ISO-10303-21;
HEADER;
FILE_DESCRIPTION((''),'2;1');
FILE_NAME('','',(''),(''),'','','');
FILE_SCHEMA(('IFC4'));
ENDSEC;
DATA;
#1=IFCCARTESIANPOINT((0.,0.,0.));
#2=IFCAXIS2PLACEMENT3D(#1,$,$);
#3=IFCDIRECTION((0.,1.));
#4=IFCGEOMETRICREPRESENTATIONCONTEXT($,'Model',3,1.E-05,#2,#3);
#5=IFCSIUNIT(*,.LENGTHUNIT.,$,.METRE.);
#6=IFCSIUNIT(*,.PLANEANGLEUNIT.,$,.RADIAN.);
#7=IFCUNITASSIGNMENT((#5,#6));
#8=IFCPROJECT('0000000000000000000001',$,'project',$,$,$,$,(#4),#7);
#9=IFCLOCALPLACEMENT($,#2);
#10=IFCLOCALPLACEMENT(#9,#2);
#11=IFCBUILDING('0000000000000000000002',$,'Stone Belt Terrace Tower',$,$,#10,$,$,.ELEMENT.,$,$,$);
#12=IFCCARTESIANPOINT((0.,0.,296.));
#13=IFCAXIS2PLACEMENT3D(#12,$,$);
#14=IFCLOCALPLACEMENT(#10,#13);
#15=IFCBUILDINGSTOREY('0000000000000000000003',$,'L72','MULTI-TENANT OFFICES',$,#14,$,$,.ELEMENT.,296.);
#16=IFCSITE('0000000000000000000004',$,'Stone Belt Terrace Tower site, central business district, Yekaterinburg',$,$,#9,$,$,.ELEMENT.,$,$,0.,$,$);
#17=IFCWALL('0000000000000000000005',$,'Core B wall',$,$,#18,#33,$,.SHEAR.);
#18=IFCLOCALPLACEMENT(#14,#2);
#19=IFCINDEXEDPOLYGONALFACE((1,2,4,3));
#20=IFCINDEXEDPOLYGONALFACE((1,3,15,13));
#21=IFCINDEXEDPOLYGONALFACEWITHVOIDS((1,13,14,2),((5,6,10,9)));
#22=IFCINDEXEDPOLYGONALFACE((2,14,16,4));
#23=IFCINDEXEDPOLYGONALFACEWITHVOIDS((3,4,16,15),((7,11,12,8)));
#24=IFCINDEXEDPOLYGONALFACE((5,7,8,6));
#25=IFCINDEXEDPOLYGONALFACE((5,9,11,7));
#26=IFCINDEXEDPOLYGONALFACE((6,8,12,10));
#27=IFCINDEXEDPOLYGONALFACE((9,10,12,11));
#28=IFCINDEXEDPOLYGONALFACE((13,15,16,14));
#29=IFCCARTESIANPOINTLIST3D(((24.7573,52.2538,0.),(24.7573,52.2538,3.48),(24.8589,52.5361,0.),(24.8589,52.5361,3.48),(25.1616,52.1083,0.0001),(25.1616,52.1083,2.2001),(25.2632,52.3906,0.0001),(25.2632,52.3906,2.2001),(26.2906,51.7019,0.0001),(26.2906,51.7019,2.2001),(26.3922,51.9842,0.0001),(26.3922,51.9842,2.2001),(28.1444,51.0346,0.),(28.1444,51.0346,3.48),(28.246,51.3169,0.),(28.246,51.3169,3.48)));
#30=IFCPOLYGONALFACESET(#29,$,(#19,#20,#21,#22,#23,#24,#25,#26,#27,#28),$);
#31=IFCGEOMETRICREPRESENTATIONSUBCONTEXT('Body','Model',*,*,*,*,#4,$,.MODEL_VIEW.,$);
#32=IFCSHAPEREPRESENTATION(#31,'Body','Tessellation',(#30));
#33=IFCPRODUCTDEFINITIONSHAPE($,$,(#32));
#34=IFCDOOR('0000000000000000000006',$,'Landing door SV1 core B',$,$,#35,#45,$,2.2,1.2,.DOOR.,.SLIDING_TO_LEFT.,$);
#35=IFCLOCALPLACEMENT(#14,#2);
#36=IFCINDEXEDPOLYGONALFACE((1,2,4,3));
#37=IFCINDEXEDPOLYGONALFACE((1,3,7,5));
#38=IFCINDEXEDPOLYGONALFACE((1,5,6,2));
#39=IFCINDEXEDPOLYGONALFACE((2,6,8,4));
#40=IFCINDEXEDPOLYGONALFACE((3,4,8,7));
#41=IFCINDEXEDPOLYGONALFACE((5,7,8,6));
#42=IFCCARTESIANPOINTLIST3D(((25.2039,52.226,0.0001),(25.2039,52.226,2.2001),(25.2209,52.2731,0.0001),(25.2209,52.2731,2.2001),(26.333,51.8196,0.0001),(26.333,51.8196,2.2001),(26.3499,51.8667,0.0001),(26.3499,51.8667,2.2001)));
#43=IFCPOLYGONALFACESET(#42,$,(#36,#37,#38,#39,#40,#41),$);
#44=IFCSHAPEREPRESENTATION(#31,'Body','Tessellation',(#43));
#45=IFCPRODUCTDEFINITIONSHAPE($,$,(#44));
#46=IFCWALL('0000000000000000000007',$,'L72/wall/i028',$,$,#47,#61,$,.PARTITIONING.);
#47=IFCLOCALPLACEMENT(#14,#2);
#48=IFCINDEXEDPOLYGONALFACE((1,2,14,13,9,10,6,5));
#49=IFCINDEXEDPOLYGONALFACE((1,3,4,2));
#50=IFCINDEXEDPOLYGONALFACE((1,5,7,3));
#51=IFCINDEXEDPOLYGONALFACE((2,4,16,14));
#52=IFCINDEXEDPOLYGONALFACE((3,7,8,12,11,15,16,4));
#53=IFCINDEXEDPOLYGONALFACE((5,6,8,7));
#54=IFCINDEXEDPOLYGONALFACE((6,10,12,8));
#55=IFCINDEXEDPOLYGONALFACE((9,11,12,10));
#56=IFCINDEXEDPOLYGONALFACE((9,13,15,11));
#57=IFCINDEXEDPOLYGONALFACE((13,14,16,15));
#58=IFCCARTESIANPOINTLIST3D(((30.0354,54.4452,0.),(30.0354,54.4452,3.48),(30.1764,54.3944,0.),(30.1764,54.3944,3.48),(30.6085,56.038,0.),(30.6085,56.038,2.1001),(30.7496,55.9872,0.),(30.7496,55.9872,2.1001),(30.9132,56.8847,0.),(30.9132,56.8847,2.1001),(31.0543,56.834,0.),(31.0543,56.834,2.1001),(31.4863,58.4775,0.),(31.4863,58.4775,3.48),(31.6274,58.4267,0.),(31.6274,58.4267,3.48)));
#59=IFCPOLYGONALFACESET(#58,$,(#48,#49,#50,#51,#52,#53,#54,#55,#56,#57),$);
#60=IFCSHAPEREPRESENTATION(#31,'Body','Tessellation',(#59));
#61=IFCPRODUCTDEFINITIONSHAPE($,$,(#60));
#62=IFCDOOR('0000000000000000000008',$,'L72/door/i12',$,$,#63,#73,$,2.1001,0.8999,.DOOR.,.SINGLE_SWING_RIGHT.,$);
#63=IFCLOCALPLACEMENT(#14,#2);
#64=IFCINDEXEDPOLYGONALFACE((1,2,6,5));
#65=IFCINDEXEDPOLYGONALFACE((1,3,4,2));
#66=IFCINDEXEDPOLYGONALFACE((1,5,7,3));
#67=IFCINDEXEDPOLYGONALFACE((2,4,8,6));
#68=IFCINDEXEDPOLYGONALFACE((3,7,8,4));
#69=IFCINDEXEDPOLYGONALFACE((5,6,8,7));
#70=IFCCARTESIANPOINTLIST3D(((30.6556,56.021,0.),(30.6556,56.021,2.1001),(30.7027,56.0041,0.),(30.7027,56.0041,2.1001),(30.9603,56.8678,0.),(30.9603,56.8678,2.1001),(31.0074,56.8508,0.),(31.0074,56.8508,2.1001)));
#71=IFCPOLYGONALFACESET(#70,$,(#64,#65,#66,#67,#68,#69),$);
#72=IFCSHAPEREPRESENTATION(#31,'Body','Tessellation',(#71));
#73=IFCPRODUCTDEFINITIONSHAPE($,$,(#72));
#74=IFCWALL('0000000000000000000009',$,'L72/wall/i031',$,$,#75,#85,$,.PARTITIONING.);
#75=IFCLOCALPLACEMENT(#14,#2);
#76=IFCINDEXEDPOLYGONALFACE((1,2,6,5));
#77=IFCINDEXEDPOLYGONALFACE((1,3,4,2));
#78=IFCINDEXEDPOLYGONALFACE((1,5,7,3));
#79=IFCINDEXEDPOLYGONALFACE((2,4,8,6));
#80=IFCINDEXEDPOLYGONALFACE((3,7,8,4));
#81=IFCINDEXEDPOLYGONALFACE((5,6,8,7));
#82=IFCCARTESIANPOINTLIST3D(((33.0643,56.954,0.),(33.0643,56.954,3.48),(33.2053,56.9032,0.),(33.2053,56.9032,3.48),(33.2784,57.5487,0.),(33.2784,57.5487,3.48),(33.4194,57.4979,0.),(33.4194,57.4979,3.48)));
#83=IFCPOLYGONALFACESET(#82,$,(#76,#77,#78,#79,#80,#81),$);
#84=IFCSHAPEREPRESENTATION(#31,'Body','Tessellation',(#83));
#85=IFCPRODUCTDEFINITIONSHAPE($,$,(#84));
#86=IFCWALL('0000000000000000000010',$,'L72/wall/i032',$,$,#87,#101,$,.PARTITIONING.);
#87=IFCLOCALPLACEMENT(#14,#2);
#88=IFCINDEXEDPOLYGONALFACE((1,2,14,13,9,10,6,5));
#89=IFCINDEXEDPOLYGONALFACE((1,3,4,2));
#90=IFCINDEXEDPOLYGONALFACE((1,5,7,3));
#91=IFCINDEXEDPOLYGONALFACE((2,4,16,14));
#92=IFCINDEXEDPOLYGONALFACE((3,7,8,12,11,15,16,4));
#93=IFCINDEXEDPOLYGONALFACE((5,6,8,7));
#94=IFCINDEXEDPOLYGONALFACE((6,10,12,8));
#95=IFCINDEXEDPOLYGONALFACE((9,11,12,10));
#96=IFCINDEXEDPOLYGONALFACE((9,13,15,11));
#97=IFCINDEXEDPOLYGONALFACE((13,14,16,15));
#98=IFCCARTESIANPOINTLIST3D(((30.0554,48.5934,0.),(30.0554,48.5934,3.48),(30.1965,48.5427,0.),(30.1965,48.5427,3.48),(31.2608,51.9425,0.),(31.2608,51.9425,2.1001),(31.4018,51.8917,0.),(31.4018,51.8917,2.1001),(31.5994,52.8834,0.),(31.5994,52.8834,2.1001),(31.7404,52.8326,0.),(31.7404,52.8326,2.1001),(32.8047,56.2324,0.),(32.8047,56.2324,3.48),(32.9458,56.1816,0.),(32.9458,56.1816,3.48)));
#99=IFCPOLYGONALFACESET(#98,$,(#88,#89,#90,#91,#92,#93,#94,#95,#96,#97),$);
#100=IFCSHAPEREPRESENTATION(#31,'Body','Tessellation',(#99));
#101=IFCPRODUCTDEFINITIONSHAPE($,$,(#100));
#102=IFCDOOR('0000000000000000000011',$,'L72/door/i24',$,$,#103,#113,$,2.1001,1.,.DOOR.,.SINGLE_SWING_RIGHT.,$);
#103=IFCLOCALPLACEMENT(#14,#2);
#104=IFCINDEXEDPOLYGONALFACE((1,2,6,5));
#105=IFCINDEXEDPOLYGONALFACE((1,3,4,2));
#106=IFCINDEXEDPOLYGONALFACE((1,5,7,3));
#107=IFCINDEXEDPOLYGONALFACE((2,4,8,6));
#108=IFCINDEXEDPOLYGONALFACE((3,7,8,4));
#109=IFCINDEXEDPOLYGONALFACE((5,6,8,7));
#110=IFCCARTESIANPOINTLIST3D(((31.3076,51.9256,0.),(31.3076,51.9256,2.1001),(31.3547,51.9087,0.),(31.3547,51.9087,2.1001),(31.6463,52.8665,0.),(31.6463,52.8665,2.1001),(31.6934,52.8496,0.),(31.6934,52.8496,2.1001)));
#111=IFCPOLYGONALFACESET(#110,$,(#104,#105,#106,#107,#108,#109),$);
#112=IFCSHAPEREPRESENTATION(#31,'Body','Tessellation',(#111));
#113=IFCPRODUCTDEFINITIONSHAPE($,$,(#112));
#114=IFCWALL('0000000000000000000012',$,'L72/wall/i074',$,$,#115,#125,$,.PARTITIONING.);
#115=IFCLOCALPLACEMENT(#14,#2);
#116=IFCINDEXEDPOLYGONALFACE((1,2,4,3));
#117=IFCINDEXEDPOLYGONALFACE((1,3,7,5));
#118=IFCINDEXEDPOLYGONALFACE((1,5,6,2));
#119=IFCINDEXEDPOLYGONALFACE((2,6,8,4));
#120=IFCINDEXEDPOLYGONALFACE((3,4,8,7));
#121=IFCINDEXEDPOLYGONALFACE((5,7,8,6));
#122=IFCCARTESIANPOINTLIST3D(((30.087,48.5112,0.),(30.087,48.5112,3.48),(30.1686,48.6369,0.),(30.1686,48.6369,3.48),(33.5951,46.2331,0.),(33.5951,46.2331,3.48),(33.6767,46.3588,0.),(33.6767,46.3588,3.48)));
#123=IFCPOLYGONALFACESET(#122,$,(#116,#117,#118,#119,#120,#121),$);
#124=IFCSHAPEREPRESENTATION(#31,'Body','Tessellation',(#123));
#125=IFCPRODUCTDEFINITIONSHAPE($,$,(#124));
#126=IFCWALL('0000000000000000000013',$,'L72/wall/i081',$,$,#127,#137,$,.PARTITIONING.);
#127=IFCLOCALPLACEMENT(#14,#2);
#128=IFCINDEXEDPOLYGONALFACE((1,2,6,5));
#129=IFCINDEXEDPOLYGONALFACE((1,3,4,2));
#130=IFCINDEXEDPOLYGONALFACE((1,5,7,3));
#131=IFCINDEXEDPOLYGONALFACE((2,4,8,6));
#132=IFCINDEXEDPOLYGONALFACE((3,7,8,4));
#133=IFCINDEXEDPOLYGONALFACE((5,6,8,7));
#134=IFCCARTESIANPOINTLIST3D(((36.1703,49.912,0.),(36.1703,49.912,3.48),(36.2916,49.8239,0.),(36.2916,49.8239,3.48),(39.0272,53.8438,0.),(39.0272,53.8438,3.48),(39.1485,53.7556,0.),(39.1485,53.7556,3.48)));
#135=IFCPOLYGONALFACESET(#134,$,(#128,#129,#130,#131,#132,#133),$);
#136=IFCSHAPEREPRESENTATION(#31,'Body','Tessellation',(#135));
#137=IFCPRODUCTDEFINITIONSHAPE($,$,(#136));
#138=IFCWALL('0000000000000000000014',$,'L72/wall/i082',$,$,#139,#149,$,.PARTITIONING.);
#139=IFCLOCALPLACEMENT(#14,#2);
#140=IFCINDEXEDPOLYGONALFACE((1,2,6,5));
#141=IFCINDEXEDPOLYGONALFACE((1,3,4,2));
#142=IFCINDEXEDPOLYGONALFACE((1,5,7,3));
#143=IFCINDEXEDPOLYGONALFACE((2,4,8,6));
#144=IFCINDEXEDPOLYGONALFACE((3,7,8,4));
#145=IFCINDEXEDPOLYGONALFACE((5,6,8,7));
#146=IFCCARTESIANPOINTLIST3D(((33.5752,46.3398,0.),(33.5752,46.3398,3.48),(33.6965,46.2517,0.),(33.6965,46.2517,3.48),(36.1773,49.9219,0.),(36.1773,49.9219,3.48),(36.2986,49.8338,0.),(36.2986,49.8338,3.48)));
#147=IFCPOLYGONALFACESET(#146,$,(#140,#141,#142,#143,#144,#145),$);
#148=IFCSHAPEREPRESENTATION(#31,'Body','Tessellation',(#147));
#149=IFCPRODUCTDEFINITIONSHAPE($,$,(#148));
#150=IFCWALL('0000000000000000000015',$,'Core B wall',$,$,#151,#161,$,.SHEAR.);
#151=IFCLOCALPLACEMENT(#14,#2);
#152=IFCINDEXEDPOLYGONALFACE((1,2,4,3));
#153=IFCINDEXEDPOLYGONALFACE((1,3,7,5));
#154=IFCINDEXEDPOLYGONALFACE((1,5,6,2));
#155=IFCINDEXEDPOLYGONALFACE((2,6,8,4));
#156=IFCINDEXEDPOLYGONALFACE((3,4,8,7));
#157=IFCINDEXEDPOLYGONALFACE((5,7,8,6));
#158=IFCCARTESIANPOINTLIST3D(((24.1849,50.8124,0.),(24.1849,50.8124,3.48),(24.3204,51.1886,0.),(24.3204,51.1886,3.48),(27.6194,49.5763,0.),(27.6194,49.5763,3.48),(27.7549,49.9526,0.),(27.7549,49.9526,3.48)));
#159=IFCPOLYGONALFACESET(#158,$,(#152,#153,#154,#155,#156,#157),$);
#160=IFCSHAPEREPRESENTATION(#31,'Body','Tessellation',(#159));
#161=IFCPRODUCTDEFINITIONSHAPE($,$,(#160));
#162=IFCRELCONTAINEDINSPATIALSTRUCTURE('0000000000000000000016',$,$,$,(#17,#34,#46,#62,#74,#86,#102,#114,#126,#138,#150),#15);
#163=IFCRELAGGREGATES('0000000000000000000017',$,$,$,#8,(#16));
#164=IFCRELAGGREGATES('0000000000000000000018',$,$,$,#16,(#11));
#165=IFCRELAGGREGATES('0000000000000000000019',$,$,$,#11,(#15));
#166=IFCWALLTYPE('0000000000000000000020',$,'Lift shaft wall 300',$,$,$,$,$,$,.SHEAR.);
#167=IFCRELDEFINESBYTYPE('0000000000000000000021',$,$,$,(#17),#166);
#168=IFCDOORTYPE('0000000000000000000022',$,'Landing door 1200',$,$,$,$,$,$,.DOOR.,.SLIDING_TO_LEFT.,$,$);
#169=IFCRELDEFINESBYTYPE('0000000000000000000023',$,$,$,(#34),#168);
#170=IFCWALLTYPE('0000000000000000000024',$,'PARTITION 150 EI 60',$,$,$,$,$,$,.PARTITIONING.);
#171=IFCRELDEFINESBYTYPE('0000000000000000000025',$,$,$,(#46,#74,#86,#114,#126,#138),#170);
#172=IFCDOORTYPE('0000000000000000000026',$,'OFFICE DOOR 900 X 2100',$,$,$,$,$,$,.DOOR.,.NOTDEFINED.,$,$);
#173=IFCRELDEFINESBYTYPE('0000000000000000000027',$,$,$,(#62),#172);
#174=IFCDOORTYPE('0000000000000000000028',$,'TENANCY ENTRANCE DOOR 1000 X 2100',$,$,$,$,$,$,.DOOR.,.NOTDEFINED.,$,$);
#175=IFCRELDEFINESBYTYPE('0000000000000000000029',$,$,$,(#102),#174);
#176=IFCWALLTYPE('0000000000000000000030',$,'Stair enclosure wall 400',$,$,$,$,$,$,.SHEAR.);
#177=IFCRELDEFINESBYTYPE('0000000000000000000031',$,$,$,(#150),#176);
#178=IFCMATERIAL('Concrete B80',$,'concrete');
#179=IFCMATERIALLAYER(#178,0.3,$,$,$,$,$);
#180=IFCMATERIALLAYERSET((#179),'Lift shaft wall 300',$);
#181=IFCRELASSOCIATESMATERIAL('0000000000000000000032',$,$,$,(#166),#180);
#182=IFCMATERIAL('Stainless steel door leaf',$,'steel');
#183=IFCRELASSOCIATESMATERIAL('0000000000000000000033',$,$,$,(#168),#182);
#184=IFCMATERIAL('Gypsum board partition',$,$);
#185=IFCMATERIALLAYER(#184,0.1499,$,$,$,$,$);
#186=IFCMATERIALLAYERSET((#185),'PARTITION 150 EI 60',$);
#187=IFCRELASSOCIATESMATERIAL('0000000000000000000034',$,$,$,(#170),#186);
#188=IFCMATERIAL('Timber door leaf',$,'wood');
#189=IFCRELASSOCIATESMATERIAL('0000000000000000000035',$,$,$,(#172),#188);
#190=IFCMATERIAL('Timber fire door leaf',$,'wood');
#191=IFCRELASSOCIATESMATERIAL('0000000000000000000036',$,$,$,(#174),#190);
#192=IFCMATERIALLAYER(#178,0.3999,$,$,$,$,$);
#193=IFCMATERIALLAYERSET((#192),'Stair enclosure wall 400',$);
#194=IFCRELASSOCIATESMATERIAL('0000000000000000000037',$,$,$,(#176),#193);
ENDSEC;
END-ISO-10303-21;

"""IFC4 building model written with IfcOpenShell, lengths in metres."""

from ifc_helpers import new_model, si_unit, direction, frame, frame_2d, origin, place, context, subcontext, project, spatial, rectangle, extrude, material, layer, layer_set, type_object, element, fill, save


model = new_model("IFC4")

# Units and contexts
model_context = context("Model", 3, precision=1e-05, world=origin(), true_north=direction((0.0, 1.0)))
body_context = subcontext(model_context, "Body", "Model", "MODEL_VIEW")
ifc_project = project(units=[si_unit("LENGTHUNIT", "METRE"), si_unit("PLANEANGLEUNIT", "RADIAN")], contexts=[model_context])

# Site, building, storey
site_placement = place(None, origin())
site = spatial("IfcSite", under=ifc_project, at=site_placement, Name="Stone Belt Terrace Tower site, central business district, Yekaterinburg", CompositionType="ELEMENT", RefElevation=0.0)
building_placement = place(site_placement, origin())
building = spatial("IfcBuilding", under=site, at=building_placement, Name="Stone Belt Terrace Tower", CompositionType="ELEMENT")
storey_placement = place(building_placement, frame((0.0, 0.0, 296.0)))
storey = spatial("IfcBuildingStorey", under=building, at=storey_placement, Name="L72", Description="MULTI-TENANT OFFICES", CompositionType="ELEMENT", Elevation=296.0)

# Walls, openings, doors
ifc_material_1 = material(Name="Concrete B80", Category="concrete")
ifc_layer_1 = layer(ifc_material_1, 0.3)
ifc_layer_set_1 = layer_set([ifc_layer_1], Name="Lift shaft wall 300")
wall_type_1 = type_object("IfcWallType", Name="Lift shaft wall 300", PredefinedType="SHEAR", material=ifc_layer_set_1)
wall_1_placement = place(storey_placement, frame((28.1951, 51.1758, 0.0), z_axis=(0.0, 0.0, 1.0), x_axis=(-0.940901, 0.338681, 0.0)))
wall_1 = element("IfcWall", 1, at=wall_1_placement, inside=storey, type_object=wall_type_1, Name="Core B wall", PredefinedType="SHEAR", context=body_context, shape_type="SweptSolid", body=[
    extrude(rectangle(XDim=3.5999, YDim=0.3, at=frame_2d((1.7998, 0.0))), origin(), (0.0, 0.0, 1.0), 3.48),
])
opening_1_placement = place(wall_1_placement, frame((1.97, 0.0, 0.0)))
opening_1 = element("IfcOpeningElement", 2, at=opening_1_placement, cuts=wall_1, PredefinedType="OPENING", context=body_context, shape_type="SweptSolid", body=[
    extrude(rectangle(XDim=1.2, YDim=2.2, at=frame_2d((0.6001, 1.1001))), frame((0.0, 0.1599, 0.0), z_axis=(0.0, -1.0, 0.0), x_axis=(1.0, 0.0, 0.0)), (0.0, 0.0, 1.0), 0.3201),
])
ifc_material_2 = material(Name="Stainless steel door leaf", Category="steel")
door_type_1 = type_object("IfcDoorType", Name="Landing door 1200", OperationType="SLIDING_TO_LEFT", PredefinedType="DOOR", material=ifc_material_2)
door_1_placement = place(opening_1_placement, origin())
door_1 = element("IfcDoor", 3, at=door_1_placement, inside=storey, type_object=door_type_1, Name="Landing door SV1 core B", OperationType="SLIDING_TO_LEFT", OverallHeight=2.2, OverallWidth=1.2, PredefinedType="DOOR", context=body_context, shape_type="SweptSolid", body=[
    extrude(rectangle(XDim=1.2, YDim=2.2, at=frame_2d((0.6001, 1.1001))), frame((0.0, 0.0249, 0.0), z_axis=(0.0, -1.0, 0.0), x_axis=(1.0, 0.0, 0.0)), (0.0, 0.0, 1.0), 0.05),
])
fill(opening_1, door_1)
ifc_material_3 = material(Name="Gypsum board partition")
ifc_layer_2 = layer(ifc_material_3, 0.1499)
ifc_layer_set_2 = layer_set([ifc_layer_2], Name="PARTITION 150 EI 60")
wall_type_2 = type_object("IfcWallType", Name="PARTITION 150 EI 60", PredefinedType="PARTITIONING", material=ifc_layer_set_2)
wall_2_placement = place(storey_placement, frame((30.106, 54.4199, 0.0), z_axis=(0.0, 0.0, 1.0), x_axis=(0.33858, 0.940938, 0.0)))
wall_2 = element("IfcWall", 4, at=wall_2_placement, inside=storey, type_object=wall_type_2, Name="L72/wall/i028", PredefinedType="PARTITIONING", context=body_context, shape_type="SweptSolid", body=[
    extrude(rectangle(XDim=4.2854, YDim=0.1499, at=frame_2d((2.1426, 0.0))), origin(), (0.0, 0.0, 1.0), 3.48),
])
opening_2_placement = place(wall_2_placement, frame((1.6926, 0.0, 0.0)))
opening_2 = element("IfcOpeningElement", 5, at=opening_2_placement, cuts=wall_2, PredefinedType="OPENING", context=body_context, shape_type="SweptSolid", body=[
    extrude(rectangle(XDim=0.8999, YDim=2.1001, at=frame_2d((0.45, 1.05))), frame((0.0, 0.085, 0.0), z_axis=(0.0, -1.0, 0.0), x_axis=(1.0, 0.0, 0.0)), (0.0, 0.0, 1.0), 0.1699),
])
ifc_material_4 = material(Name="Timber door leaf", Category="wood")
door_type_2 = type_object("IfcDoorType", Name="OFFICE DOOR 900 X 2100", OperationType="NOTDEFINED", PredefinedType="DOOR", material=ifc_material_4)
door_2_placement = place(opening_2_placement, origin())
door_2 = element("IfcDoor", 6, at=door_2_placement, inside=storey, type_object=door_type_2, Name="L72/door/i12", OperationType="SINGLE_SWING_RIGHT", OverallHeight=2.1001, OverallWidth=0.8999, PredefinedType="DOOR", context=body_context, shape_type="SweptSolid", body=[
    extrude(rectangle(XDim=0.8999, YDim=2.1001, at=frame_2d((0.45, 1.05))), frame((0.0, 0.0249, 0.0), z_axis=(0.0, -1.0, 0.0), x_axis=(1.0, 0.0, 0.0)), (0.0, 0.0, 1.0), 0.05),
])
fill(opening_2, door_2)

# Wall
wall_3_placement = place(storey_placement, frame((33.3489, 57.5232, 0.0), z_axis=(0.0, 0.0, 1.0), x_axis=(-0.338733, -0.940882, 0.0)))
element("IfcWall", 7, at=wall_3_placement, inside=storey, type_object=wall_type_2, Name="L72/wall/i031", PredefinedType="PARTITIONING", context=body_context, shape_type="SweptSolid", body=[
    extrude(rectangle(XDim=0.6321, YDim=0.1499, at=frame_2d((0.3159, 0.0))), origin(), (0.0, 0.0, 1.0), 3.48),
])

# Wall, opening, door
wall_4_placement = place(storey_placement, frame((32.8752, 56.207, 0.0), z_axis=(0.0, 0.0, 1.0), x_axis=(-0.338639, -0.940917, 0.0)))
wall_4 = element("IfcWall", 8, at=wall_4_placement, inside=storey, type_object=wall_type_2, Name="L72/wall/i032", PredefinedType="PARTITIONING", context=body_context, shape_type="SweptSolid", body=[
    extrude(rectangle(XDim=8.1187, YDim=0.1499, at=frame_2d((4.0593, 0.0))), origin(), (0.0, 0.0, 1.0), 3.48),
])
opening_3_placement = place(wall_4_placement, frame((3.5593, 0.0, 0.0)))
opening_3 = element("IfcOpeningElement", 9, at=opening_3_placement, cuts=wall_4, PredefinedType="OPENING", context=body_context, shape_type="SweptSolid", body=[
    extrude(rectangle(XDim=1.0, YDim=2.1001, at=frame_2d((0.5, 1.05))), frame((0.0, 0.085, 0.0), z_axis=(0.0, -1.0, 0.0), x_axis=(1.0, 0.0, 0.0)), (0.0, 0.0, 1.0), 0.1699),
])
ifc_material_5 = material(Name="Timber fire door leaf", Category="wood")
door_type_3 = type_object("IfcDoorType", Name="TENANCY ENTRANCE DOOR 1000 X 2100", OperationType="NOTDEFINED", PredefinedType="DOOR", material=ifc_material_5)
door_3_placement = place(opening_3_placement, origin())
door_3 = element("IfcDoor", 10, at=door_3_placement, inside=storey, type_object=door_type_3, Name="L72/door/i24", OperationType="SINGLE_SWING_RIGHT", OverallHeight=2.1001, OverallWidth=1.0, PredefinedType="DOOR", context=body_context, shape_type="SweptSolid", body=[
    extrude(rectangle(XDim=1.0, YDim=2.1001, at=frame_2d((0.5, 1.05))), frame((0.0, 0.0249, 0.0), z_axis=(0.0, -1.0, 0.0), x_axis=(1.0, 0.0, 0.0)), (0.0, 0.0, 1.0), 0.05),
])
fill(opening_3, door_3)

# Walls
wall_5_placement = place(storey_placement, frame((30.1279, 48.574, 0.0), z_axis=(0.0, 0.0, 1.0), x_axis=(0.83868, -0.544625, 0.0)))
element("IfcWall", 11, at=wall_5_placement, inside=storey, type_object=wall_type_2, Name="L72/wall/i074", PredefinedType="PARTITIONING", context=body_context, shape_type="SweptSolid", body=[
    extrude(rectangle(XDim=4.1829, YDim=0.1499, at=frame_2d((2.0913, 0.0))), origin(), (0.0, 0.0, 1.0), 3.48),
])
wall_6_placement = place(storey_placement, frame((39.0879, 53.7998, 0.0), z_axis=(0.0, 0.0, 1.0), x_axis=(-0.587819, -0.808992, 0.0)))
element("IfcWall", 12, at=wall_6_placement, inside=storey, type_object=wall_type_2, Name="L72/wall/i081", PredefinedType="PARTITIONING", context=body_context, shape_type="SweptSolid", body=[
    extrude(rectangle(XDim=4.8601, YDim=0.1499, at=frame_2d((2.4302, 0.0))), origin(), (0.0, 0.0, 1.0), 3.48),
])
wall_7_placement = place(storey_placement, frame((36.238, 49.8779, 0.0), z_axis=(0.0, 0.0, 1.0), x_axis=(-0.587719, -0.809065, 0.0)))
element("IfcWall", 13, at=wall_7_placement, inside=storey, type_object=wall_type_2, Name="L72/wall/i082", PredefinedType="PARTITIONING", context=body_context, shape_type="SweptSolid", body=[
    extrude(rectangle(XDim=4.4275, YDim=0.1499, at=frame_2d((2.2139, 0.0))), origin(), (0.0, 0.0, 1.0), 3.48),
])
ifc_layer_3 = layer(ifc_material_1, 0.3999)
ifc_layer_set_3 = layer_set([ifc_layer_3], Name="Stair enclosure wall 400")
wall_type_3 = type_object("IfcWallType", Name="Stair enclosure wall 400", PredefinedType="SHEAR", material=ifc_layer_set_3)
wall_8_placement = place(storey_placement, frame((27.6873, 49.7644, 0.0), z_axis=(0.0, 0.0, 1.0), x_axis=(-0.940919, 0.338632, 0.0)))
element("IfcWall", 14, at=wall_8_placement, inside=storey, type_object=wall_type_3, Name="Core B wall", PredefinedType="SHEAR", context=body_context, shape_type="SweptSolid", body=[
    extrude(rectangle(XDim=3.6501, YDim=0.3999, at=frame_2d((1.8252, 0.0))), origin(), (0.0, 0.0, 1.0), 3.48),
])

save(model, "model.ifc")
